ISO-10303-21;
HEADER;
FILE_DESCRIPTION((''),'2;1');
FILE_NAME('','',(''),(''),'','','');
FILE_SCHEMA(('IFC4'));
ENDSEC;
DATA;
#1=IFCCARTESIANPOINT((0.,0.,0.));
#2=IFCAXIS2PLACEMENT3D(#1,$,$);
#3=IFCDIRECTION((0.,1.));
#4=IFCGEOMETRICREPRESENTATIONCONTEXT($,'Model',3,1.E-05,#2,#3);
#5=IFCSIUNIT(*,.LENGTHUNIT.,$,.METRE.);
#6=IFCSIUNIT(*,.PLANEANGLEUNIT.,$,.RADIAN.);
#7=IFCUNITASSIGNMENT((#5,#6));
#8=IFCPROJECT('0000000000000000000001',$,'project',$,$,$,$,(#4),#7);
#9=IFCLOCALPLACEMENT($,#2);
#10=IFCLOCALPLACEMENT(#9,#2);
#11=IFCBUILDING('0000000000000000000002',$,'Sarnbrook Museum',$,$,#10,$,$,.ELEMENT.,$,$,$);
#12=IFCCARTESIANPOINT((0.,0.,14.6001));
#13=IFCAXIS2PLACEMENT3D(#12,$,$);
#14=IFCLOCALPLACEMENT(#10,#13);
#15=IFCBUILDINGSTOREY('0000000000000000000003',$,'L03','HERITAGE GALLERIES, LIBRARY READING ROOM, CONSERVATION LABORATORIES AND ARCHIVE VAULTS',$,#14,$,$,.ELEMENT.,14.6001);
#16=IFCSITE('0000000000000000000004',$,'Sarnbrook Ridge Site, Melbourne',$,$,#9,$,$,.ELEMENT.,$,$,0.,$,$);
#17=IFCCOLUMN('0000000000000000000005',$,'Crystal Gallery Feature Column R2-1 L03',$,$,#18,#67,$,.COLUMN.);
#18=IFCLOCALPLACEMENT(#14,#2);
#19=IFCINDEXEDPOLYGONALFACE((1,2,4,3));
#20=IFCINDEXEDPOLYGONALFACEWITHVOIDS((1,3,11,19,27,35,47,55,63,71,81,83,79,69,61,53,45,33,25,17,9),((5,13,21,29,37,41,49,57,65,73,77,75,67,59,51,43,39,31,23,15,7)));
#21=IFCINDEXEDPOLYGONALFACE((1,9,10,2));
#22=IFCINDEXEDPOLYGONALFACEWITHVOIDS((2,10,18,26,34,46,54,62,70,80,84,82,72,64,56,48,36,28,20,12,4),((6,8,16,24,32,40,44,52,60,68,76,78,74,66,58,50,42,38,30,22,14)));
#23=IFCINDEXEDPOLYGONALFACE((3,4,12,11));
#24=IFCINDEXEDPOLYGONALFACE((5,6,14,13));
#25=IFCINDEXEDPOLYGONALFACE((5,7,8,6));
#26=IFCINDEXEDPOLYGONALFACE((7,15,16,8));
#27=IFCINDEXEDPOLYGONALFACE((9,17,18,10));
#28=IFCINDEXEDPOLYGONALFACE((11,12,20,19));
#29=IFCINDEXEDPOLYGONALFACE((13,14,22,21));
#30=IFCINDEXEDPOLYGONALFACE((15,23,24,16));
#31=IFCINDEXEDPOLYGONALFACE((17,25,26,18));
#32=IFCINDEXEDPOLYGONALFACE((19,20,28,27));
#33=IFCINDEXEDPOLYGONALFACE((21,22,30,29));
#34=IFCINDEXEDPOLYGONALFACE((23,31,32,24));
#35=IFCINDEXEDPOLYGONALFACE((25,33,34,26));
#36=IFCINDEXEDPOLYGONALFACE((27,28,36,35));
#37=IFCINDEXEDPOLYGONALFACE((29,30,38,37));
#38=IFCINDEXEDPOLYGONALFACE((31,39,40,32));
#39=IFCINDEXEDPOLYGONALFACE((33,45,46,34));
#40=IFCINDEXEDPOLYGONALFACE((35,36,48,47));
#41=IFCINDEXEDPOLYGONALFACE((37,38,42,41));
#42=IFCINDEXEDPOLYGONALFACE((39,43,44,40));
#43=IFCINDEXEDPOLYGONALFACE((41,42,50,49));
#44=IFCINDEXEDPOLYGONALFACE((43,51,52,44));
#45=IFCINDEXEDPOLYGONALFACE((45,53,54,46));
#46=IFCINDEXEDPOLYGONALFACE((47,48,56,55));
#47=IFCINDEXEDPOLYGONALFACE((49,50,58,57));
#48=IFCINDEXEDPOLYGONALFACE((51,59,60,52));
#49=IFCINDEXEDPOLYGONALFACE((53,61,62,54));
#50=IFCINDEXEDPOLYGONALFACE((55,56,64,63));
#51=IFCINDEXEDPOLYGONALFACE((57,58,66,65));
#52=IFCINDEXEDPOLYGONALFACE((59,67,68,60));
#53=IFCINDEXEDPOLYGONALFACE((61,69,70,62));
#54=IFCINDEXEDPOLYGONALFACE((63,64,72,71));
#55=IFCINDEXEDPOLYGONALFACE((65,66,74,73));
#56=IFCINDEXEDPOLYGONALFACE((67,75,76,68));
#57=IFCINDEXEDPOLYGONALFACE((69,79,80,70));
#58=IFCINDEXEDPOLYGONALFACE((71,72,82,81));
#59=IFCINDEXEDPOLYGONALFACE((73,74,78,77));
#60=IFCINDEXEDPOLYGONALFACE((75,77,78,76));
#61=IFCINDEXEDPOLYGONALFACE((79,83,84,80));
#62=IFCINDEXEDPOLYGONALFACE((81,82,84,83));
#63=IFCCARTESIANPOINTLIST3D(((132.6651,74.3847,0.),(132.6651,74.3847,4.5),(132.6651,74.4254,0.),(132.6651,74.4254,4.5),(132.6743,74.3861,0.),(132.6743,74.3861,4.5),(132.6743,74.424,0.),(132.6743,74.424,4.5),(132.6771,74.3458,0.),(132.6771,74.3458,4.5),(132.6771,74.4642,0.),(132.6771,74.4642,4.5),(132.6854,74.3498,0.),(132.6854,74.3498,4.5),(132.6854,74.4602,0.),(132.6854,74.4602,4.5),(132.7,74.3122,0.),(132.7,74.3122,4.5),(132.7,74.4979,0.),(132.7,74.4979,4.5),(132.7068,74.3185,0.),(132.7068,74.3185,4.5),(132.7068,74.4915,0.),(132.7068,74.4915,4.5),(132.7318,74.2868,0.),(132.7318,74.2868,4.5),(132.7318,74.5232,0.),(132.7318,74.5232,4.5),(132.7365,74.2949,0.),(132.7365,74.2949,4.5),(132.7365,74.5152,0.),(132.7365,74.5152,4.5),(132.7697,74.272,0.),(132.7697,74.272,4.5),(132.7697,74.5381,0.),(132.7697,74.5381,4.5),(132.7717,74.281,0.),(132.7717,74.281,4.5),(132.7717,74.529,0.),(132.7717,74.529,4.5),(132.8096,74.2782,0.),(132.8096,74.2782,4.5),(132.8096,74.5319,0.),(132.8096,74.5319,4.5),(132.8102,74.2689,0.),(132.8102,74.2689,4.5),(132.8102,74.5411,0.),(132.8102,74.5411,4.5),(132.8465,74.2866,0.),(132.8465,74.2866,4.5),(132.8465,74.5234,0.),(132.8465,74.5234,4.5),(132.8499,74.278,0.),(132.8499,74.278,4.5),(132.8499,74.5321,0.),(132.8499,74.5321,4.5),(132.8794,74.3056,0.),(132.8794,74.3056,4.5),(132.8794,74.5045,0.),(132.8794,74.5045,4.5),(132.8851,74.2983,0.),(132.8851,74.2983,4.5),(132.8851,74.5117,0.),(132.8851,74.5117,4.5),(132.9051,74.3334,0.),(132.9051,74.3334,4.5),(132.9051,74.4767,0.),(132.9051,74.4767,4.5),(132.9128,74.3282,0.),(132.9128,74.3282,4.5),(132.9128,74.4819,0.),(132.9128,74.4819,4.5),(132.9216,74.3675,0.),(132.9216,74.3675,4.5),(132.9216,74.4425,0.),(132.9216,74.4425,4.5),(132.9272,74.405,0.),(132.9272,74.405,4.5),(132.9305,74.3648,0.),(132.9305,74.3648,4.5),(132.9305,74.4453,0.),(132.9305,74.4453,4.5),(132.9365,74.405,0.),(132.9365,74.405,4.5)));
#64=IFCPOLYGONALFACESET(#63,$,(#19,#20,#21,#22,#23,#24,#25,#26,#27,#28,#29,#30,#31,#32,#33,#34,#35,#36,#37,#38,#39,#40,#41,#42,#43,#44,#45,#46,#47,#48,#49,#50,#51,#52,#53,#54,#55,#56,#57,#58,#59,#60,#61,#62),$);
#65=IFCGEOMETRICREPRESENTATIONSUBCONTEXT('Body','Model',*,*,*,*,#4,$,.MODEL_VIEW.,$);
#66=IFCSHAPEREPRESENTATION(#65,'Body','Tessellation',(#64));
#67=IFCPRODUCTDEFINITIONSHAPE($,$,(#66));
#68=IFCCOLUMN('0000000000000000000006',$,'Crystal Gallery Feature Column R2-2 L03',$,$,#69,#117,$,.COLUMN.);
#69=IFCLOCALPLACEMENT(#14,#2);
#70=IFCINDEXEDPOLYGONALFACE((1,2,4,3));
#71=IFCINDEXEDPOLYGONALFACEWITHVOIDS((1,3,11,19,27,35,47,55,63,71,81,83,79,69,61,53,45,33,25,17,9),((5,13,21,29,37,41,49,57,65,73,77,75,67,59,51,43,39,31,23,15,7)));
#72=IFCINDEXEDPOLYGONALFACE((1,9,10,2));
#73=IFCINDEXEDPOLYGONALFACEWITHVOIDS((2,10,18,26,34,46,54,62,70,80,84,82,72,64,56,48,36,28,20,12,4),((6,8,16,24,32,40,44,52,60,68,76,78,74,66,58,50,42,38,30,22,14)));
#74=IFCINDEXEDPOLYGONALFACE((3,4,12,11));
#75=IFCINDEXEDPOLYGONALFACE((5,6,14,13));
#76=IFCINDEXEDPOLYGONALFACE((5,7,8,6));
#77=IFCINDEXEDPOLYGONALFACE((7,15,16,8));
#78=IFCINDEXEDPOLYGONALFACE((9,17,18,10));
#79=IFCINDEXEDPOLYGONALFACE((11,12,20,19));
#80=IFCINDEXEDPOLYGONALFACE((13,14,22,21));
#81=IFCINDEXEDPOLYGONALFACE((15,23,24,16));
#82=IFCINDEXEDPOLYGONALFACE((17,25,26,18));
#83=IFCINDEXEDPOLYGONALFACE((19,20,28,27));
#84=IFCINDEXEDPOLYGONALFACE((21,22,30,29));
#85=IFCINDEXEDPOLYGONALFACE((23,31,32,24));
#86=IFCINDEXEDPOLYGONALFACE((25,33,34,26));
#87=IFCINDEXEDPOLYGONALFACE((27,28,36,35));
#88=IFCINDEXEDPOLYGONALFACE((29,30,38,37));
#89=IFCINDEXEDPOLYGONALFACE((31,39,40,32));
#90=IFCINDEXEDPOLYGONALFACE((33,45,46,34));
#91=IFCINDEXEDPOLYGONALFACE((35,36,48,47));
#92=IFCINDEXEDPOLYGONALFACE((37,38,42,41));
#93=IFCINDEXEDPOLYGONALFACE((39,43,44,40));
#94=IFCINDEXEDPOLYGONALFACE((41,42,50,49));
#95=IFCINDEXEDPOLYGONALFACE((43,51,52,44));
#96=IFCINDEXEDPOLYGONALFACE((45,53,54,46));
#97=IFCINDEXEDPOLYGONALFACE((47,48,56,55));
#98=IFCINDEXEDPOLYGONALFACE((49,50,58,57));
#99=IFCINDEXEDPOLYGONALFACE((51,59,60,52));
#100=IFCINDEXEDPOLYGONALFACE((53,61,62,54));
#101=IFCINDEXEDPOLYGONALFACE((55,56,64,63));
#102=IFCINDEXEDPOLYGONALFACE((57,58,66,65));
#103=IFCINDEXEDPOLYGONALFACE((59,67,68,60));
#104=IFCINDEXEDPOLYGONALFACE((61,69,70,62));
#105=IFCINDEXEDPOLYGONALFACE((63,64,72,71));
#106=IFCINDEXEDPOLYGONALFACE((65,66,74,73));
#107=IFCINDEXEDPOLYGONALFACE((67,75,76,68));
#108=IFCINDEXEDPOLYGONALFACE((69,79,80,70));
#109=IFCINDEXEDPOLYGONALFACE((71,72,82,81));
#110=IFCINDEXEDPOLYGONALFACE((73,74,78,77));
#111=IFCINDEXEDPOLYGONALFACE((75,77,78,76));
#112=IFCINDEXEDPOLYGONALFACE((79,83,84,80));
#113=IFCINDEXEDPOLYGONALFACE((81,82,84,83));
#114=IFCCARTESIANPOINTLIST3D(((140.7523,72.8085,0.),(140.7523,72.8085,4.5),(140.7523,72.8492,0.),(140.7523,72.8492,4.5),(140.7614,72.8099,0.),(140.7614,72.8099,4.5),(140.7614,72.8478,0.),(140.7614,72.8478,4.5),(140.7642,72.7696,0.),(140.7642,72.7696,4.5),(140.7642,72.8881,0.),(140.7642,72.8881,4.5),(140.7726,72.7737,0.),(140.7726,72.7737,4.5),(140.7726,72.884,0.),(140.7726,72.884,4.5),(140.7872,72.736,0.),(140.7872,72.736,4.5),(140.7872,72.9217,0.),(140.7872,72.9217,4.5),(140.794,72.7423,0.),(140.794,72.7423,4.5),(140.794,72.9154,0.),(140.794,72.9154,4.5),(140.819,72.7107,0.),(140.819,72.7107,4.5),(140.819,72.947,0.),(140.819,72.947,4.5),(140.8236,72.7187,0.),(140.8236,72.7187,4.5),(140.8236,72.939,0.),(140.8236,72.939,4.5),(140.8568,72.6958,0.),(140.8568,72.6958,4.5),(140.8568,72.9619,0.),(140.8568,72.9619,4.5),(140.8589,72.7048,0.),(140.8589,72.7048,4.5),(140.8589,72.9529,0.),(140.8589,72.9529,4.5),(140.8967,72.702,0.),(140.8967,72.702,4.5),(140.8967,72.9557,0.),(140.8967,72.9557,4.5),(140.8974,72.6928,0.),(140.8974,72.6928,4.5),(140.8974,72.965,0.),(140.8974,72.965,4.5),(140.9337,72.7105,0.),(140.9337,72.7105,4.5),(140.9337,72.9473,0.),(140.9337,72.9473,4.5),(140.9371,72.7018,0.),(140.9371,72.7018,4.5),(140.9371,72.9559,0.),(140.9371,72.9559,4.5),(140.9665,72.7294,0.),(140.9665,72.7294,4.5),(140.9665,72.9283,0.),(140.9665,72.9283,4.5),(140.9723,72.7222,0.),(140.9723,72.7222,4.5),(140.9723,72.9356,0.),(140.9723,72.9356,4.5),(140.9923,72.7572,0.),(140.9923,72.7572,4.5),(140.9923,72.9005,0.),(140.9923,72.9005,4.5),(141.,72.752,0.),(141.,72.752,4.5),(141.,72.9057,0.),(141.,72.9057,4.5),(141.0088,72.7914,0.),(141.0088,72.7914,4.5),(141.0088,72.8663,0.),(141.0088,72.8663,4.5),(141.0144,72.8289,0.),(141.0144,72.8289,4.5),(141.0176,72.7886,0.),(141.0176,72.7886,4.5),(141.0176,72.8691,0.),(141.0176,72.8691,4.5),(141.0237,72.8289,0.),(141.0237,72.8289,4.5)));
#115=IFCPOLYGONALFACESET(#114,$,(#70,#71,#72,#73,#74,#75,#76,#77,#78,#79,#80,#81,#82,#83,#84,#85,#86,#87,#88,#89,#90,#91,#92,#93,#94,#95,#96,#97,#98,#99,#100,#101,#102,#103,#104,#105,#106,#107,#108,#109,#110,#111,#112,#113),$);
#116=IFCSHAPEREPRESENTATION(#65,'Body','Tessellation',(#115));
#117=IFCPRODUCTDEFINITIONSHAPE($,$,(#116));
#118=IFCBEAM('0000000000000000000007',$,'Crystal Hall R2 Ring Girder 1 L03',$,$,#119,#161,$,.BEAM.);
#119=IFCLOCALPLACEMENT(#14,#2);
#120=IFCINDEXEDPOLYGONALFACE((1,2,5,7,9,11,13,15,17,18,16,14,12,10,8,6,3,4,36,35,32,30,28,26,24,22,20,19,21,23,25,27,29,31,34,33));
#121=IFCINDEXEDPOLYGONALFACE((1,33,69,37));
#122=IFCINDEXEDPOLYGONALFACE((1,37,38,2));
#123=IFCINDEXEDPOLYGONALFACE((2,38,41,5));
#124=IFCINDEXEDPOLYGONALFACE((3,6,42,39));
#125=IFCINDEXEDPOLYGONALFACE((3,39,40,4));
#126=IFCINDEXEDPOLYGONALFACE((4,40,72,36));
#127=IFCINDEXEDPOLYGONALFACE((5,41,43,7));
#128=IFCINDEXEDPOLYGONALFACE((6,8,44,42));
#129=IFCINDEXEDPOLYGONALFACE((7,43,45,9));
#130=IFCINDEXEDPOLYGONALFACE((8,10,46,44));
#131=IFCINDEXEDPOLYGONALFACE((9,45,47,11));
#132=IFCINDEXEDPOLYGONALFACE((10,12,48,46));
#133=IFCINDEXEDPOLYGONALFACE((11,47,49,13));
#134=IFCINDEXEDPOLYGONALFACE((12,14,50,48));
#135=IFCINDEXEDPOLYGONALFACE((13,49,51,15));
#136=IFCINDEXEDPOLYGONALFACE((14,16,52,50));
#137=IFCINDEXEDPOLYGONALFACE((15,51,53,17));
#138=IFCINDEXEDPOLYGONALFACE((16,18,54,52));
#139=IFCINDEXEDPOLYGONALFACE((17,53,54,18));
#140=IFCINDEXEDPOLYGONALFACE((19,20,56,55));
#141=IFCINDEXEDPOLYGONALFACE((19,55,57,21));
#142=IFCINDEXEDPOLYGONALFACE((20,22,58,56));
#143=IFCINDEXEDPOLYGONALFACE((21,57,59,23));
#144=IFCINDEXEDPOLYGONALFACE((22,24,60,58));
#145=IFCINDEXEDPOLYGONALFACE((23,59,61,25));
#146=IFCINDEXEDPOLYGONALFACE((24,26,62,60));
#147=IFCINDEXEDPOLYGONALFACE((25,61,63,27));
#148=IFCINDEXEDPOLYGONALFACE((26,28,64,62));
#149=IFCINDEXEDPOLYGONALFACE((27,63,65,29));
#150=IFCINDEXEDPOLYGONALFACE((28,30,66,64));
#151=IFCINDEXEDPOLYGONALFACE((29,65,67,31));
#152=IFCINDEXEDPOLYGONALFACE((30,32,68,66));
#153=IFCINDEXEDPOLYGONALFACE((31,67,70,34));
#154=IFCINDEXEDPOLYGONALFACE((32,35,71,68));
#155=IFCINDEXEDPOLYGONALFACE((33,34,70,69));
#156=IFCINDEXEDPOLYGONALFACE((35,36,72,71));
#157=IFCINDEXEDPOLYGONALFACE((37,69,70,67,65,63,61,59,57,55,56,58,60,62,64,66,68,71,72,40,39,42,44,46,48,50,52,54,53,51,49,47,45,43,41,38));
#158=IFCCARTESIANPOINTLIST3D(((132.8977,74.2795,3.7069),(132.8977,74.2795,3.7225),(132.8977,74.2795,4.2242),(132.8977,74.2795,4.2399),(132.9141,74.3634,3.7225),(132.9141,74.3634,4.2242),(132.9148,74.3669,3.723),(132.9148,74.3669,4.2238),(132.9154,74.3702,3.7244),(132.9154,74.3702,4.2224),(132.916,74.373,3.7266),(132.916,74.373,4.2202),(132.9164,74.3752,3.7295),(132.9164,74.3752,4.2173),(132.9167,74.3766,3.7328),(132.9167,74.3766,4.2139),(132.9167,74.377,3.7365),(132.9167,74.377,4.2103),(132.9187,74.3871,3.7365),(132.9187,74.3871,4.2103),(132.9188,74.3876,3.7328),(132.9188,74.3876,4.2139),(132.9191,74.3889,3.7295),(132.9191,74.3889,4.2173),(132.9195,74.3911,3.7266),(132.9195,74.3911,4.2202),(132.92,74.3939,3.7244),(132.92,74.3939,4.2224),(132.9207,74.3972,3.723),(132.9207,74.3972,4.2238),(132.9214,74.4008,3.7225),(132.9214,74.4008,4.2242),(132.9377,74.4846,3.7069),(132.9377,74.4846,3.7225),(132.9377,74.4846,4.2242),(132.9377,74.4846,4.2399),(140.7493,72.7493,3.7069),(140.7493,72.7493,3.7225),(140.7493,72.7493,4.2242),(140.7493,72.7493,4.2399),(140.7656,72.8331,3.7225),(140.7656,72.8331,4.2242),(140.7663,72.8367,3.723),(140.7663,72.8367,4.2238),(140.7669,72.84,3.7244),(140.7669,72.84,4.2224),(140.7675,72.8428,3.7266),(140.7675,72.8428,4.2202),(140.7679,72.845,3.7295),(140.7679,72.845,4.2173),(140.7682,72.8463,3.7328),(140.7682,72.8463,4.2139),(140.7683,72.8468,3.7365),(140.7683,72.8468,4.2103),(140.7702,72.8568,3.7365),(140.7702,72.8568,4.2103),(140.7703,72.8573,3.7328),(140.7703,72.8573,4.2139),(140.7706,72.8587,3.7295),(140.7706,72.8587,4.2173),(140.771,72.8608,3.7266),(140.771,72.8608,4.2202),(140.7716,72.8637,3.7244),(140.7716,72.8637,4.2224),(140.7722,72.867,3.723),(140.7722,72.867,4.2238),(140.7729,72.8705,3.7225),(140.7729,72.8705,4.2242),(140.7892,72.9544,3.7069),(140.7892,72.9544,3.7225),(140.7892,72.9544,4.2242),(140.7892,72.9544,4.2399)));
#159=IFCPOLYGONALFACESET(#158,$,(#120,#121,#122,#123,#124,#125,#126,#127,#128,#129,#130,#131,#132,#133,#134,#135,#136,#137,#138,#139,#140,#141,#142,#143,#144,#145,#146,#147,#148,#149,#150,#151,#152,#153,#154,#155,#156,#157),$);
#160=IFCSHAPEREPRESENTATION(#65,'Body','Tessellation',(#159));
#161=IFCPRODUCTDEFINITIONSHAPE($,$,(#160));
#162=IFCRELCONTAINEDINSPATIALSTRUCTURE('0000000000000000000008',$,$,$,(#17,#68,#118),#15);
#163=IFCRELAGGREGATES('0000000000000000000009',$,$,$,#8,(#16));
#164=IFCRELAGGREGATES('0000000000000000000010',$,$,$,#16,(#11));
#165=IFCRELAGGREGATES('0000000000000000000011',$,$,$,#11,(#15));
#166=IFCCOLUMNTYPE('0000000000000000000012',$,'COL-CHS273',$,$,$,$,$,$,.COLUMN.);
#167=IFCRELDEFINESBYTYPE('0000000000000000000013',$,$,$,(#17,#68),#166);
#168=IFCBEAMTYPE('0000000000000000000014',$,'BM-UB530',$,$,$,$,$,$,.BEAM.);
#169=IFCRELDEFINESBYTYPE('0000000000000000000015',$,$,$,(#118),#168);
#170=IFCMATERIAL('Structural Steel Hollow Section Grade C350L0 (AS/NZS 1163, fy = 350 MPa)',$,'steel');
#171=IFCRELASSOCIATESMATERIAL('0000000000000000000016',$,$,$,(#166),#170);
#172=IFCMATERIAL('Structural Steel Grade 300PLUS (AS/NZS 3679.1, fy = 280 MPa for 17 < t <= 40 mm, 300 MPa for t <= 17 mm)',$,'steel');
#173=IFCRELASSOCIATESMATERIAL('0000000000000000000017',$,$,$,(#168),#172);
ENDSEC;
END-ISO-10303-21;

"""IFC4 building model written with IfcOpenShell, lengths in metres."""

from ifc_helpers import new_model, si_unit, direction, frame, origin, origin_2d, place, context, subcontext, project, spatial, hollow_circle, i_section, extrude, material, material_profile, profile_set, type_object, element, save


model = new_model("IFC4")

# Units and contexts
model_context = context("Model", 3, precision=1e-05, world=origin(), true_north=direction((0.0, 1.0)))
body_context = subcontext(model_context, "Body", "Model", "MODEL_VIEW")
ifc_project = project(units=[si_unit("LENGTHUNIT", "METRE"), si_unit("PLANEANGLEUNIT", "RADIAN")], contexts=[model_context])

# Site, building, storey
site_placement = place(None, origin())
site = spatial("IfcSite", under=ifc_project, at=site_placement, Name="Sarnbrook Ridge Site, Melbourne", CompositionType="ELEMENT", RefElevation=0.0)
building_placement = place(site_placement, origin())
building = spatial("IfcBuilding", under=site, at=building_placement, Name="Sarnbrook Museum", CompositionType="ELEMENT")
storey_placement = place(building_placement, frame((0.0, 0.0, 14.6001)))
storey = spatial("IfcBuildingStorey", under=building, at=storey_placement, Name="L03", Description="HERITAGE GALLERIES, LIBRARY READING ROOM, CONSERVATION LABORATORIES AND ARCHIVE VAULTS", CompositionType="ELEMENT", Elevation=14.6001)

# Columns
ifc_material_1 = material(Name="Structural Steel Hollow Section Grade C350L0 (AS/NZS 1163, fy = 350 MPa)", Category="steel")
ifc_material_profile_1 = material_profile(ifc_material_1, hollow_circle(Radius=0.1365, WallThickness=0.0093, at=origin_2d()), Name="273.1x9.3CHS")
ifc_profile_set_1 = profile_set([ifc_material_profile_1], Name="Structural Steel Hollow Section Grade C350L0 (AS/NZS 1163, fy = 350 MPa)")
column_type = type_object("IfcColumnType", Name="COL-CHS273", PredefinedType="COLUMN", material=ifc_profile_set_1)
for number, where, z_axis, x_axis, name in (
    (1, (132.8, 74.405, 0.0), (0.0, 0.0, 1.0), (1.0, 0.0, 0.0), "Crystal Gallery Feature Column R2-1 L03"),
    (2, (140.8872, 72.8289, 0.0), (0.0, 0.0, 1.0), (1.0, 0.0, 0.0), "Crystal Gallery Feature Column R2-2 L03"),
):
    element("IfcColumn", number, at=place(storey_placement, frame(where, z_axis=z_axis, x_axis=x_axis)), inside=storey, type_object=column_type, Name=name, PredefinedType="COLUMN", context=body_context, shape_type="SweptSolid", body=[
        extrude(hollow_circle(Radius=0.1365, WallThickness=0.0093, at=origin_2d()), origin(), (0.0, 0.0, 1.0), 4.5),
    ])

# Beam
ifc_material_2 = material(Name="Structural Steel Grade 300PLUS (AS/NZS 3679.1, fy = 280 MPa for 17 < t <= 40 mm, 300 MPa for t <= 17 mm)", Category="steel")
ifc_material_profile_2 = material_profile(ifc_material_2, i_section(OverallWidth=0.209, OverallDepth=0.533, WebThickness=0.0103, FlangeThickness=0.0156, FilletRadius=0.0139, at=origin_2d()), Name="530UB92.4")
ifc_profile_set_2 = profile_set([ifc_material_profile_2], Name="Structural Steel Grade 300PLUS (AS/NZS 3679.1, fy = 280 MPa for 17 < t <= 40 mm, 300 MPa for t <= 17 mm)")
beam_type_1 = type_object("IfcBeamType", Name="BM-UB530", PredefinedType="BEAM", material=ifc_profile_set_2)
beam_1_placement = place(storey_placement, frame((132.9177, 74.3821, 3.9734), z_axis=(0.981531, -0.191301, 0.0), x_axis=(0.191301, 0.981531, 0.0)))
element("IfcBeam", 3, at=beam_1_placement, inside=storey, type_object=beam_type_1, Name="Crystal Hall R2 Ring Girder 1 L03", PredefinedType="BEAM", context=body_context, shape_type="SweptSolid", body=[
    extrude(i_section(OverallWidth=0.209, OverallDepth=0.533, WebThickness=0.0103, FlangeThickness=0.0156, FilletRadius=0.0139, at=origin_2d()), origin(), (0.0, 0.0, 1.0), 7.9993),
])

save(model, "model.ifc")
